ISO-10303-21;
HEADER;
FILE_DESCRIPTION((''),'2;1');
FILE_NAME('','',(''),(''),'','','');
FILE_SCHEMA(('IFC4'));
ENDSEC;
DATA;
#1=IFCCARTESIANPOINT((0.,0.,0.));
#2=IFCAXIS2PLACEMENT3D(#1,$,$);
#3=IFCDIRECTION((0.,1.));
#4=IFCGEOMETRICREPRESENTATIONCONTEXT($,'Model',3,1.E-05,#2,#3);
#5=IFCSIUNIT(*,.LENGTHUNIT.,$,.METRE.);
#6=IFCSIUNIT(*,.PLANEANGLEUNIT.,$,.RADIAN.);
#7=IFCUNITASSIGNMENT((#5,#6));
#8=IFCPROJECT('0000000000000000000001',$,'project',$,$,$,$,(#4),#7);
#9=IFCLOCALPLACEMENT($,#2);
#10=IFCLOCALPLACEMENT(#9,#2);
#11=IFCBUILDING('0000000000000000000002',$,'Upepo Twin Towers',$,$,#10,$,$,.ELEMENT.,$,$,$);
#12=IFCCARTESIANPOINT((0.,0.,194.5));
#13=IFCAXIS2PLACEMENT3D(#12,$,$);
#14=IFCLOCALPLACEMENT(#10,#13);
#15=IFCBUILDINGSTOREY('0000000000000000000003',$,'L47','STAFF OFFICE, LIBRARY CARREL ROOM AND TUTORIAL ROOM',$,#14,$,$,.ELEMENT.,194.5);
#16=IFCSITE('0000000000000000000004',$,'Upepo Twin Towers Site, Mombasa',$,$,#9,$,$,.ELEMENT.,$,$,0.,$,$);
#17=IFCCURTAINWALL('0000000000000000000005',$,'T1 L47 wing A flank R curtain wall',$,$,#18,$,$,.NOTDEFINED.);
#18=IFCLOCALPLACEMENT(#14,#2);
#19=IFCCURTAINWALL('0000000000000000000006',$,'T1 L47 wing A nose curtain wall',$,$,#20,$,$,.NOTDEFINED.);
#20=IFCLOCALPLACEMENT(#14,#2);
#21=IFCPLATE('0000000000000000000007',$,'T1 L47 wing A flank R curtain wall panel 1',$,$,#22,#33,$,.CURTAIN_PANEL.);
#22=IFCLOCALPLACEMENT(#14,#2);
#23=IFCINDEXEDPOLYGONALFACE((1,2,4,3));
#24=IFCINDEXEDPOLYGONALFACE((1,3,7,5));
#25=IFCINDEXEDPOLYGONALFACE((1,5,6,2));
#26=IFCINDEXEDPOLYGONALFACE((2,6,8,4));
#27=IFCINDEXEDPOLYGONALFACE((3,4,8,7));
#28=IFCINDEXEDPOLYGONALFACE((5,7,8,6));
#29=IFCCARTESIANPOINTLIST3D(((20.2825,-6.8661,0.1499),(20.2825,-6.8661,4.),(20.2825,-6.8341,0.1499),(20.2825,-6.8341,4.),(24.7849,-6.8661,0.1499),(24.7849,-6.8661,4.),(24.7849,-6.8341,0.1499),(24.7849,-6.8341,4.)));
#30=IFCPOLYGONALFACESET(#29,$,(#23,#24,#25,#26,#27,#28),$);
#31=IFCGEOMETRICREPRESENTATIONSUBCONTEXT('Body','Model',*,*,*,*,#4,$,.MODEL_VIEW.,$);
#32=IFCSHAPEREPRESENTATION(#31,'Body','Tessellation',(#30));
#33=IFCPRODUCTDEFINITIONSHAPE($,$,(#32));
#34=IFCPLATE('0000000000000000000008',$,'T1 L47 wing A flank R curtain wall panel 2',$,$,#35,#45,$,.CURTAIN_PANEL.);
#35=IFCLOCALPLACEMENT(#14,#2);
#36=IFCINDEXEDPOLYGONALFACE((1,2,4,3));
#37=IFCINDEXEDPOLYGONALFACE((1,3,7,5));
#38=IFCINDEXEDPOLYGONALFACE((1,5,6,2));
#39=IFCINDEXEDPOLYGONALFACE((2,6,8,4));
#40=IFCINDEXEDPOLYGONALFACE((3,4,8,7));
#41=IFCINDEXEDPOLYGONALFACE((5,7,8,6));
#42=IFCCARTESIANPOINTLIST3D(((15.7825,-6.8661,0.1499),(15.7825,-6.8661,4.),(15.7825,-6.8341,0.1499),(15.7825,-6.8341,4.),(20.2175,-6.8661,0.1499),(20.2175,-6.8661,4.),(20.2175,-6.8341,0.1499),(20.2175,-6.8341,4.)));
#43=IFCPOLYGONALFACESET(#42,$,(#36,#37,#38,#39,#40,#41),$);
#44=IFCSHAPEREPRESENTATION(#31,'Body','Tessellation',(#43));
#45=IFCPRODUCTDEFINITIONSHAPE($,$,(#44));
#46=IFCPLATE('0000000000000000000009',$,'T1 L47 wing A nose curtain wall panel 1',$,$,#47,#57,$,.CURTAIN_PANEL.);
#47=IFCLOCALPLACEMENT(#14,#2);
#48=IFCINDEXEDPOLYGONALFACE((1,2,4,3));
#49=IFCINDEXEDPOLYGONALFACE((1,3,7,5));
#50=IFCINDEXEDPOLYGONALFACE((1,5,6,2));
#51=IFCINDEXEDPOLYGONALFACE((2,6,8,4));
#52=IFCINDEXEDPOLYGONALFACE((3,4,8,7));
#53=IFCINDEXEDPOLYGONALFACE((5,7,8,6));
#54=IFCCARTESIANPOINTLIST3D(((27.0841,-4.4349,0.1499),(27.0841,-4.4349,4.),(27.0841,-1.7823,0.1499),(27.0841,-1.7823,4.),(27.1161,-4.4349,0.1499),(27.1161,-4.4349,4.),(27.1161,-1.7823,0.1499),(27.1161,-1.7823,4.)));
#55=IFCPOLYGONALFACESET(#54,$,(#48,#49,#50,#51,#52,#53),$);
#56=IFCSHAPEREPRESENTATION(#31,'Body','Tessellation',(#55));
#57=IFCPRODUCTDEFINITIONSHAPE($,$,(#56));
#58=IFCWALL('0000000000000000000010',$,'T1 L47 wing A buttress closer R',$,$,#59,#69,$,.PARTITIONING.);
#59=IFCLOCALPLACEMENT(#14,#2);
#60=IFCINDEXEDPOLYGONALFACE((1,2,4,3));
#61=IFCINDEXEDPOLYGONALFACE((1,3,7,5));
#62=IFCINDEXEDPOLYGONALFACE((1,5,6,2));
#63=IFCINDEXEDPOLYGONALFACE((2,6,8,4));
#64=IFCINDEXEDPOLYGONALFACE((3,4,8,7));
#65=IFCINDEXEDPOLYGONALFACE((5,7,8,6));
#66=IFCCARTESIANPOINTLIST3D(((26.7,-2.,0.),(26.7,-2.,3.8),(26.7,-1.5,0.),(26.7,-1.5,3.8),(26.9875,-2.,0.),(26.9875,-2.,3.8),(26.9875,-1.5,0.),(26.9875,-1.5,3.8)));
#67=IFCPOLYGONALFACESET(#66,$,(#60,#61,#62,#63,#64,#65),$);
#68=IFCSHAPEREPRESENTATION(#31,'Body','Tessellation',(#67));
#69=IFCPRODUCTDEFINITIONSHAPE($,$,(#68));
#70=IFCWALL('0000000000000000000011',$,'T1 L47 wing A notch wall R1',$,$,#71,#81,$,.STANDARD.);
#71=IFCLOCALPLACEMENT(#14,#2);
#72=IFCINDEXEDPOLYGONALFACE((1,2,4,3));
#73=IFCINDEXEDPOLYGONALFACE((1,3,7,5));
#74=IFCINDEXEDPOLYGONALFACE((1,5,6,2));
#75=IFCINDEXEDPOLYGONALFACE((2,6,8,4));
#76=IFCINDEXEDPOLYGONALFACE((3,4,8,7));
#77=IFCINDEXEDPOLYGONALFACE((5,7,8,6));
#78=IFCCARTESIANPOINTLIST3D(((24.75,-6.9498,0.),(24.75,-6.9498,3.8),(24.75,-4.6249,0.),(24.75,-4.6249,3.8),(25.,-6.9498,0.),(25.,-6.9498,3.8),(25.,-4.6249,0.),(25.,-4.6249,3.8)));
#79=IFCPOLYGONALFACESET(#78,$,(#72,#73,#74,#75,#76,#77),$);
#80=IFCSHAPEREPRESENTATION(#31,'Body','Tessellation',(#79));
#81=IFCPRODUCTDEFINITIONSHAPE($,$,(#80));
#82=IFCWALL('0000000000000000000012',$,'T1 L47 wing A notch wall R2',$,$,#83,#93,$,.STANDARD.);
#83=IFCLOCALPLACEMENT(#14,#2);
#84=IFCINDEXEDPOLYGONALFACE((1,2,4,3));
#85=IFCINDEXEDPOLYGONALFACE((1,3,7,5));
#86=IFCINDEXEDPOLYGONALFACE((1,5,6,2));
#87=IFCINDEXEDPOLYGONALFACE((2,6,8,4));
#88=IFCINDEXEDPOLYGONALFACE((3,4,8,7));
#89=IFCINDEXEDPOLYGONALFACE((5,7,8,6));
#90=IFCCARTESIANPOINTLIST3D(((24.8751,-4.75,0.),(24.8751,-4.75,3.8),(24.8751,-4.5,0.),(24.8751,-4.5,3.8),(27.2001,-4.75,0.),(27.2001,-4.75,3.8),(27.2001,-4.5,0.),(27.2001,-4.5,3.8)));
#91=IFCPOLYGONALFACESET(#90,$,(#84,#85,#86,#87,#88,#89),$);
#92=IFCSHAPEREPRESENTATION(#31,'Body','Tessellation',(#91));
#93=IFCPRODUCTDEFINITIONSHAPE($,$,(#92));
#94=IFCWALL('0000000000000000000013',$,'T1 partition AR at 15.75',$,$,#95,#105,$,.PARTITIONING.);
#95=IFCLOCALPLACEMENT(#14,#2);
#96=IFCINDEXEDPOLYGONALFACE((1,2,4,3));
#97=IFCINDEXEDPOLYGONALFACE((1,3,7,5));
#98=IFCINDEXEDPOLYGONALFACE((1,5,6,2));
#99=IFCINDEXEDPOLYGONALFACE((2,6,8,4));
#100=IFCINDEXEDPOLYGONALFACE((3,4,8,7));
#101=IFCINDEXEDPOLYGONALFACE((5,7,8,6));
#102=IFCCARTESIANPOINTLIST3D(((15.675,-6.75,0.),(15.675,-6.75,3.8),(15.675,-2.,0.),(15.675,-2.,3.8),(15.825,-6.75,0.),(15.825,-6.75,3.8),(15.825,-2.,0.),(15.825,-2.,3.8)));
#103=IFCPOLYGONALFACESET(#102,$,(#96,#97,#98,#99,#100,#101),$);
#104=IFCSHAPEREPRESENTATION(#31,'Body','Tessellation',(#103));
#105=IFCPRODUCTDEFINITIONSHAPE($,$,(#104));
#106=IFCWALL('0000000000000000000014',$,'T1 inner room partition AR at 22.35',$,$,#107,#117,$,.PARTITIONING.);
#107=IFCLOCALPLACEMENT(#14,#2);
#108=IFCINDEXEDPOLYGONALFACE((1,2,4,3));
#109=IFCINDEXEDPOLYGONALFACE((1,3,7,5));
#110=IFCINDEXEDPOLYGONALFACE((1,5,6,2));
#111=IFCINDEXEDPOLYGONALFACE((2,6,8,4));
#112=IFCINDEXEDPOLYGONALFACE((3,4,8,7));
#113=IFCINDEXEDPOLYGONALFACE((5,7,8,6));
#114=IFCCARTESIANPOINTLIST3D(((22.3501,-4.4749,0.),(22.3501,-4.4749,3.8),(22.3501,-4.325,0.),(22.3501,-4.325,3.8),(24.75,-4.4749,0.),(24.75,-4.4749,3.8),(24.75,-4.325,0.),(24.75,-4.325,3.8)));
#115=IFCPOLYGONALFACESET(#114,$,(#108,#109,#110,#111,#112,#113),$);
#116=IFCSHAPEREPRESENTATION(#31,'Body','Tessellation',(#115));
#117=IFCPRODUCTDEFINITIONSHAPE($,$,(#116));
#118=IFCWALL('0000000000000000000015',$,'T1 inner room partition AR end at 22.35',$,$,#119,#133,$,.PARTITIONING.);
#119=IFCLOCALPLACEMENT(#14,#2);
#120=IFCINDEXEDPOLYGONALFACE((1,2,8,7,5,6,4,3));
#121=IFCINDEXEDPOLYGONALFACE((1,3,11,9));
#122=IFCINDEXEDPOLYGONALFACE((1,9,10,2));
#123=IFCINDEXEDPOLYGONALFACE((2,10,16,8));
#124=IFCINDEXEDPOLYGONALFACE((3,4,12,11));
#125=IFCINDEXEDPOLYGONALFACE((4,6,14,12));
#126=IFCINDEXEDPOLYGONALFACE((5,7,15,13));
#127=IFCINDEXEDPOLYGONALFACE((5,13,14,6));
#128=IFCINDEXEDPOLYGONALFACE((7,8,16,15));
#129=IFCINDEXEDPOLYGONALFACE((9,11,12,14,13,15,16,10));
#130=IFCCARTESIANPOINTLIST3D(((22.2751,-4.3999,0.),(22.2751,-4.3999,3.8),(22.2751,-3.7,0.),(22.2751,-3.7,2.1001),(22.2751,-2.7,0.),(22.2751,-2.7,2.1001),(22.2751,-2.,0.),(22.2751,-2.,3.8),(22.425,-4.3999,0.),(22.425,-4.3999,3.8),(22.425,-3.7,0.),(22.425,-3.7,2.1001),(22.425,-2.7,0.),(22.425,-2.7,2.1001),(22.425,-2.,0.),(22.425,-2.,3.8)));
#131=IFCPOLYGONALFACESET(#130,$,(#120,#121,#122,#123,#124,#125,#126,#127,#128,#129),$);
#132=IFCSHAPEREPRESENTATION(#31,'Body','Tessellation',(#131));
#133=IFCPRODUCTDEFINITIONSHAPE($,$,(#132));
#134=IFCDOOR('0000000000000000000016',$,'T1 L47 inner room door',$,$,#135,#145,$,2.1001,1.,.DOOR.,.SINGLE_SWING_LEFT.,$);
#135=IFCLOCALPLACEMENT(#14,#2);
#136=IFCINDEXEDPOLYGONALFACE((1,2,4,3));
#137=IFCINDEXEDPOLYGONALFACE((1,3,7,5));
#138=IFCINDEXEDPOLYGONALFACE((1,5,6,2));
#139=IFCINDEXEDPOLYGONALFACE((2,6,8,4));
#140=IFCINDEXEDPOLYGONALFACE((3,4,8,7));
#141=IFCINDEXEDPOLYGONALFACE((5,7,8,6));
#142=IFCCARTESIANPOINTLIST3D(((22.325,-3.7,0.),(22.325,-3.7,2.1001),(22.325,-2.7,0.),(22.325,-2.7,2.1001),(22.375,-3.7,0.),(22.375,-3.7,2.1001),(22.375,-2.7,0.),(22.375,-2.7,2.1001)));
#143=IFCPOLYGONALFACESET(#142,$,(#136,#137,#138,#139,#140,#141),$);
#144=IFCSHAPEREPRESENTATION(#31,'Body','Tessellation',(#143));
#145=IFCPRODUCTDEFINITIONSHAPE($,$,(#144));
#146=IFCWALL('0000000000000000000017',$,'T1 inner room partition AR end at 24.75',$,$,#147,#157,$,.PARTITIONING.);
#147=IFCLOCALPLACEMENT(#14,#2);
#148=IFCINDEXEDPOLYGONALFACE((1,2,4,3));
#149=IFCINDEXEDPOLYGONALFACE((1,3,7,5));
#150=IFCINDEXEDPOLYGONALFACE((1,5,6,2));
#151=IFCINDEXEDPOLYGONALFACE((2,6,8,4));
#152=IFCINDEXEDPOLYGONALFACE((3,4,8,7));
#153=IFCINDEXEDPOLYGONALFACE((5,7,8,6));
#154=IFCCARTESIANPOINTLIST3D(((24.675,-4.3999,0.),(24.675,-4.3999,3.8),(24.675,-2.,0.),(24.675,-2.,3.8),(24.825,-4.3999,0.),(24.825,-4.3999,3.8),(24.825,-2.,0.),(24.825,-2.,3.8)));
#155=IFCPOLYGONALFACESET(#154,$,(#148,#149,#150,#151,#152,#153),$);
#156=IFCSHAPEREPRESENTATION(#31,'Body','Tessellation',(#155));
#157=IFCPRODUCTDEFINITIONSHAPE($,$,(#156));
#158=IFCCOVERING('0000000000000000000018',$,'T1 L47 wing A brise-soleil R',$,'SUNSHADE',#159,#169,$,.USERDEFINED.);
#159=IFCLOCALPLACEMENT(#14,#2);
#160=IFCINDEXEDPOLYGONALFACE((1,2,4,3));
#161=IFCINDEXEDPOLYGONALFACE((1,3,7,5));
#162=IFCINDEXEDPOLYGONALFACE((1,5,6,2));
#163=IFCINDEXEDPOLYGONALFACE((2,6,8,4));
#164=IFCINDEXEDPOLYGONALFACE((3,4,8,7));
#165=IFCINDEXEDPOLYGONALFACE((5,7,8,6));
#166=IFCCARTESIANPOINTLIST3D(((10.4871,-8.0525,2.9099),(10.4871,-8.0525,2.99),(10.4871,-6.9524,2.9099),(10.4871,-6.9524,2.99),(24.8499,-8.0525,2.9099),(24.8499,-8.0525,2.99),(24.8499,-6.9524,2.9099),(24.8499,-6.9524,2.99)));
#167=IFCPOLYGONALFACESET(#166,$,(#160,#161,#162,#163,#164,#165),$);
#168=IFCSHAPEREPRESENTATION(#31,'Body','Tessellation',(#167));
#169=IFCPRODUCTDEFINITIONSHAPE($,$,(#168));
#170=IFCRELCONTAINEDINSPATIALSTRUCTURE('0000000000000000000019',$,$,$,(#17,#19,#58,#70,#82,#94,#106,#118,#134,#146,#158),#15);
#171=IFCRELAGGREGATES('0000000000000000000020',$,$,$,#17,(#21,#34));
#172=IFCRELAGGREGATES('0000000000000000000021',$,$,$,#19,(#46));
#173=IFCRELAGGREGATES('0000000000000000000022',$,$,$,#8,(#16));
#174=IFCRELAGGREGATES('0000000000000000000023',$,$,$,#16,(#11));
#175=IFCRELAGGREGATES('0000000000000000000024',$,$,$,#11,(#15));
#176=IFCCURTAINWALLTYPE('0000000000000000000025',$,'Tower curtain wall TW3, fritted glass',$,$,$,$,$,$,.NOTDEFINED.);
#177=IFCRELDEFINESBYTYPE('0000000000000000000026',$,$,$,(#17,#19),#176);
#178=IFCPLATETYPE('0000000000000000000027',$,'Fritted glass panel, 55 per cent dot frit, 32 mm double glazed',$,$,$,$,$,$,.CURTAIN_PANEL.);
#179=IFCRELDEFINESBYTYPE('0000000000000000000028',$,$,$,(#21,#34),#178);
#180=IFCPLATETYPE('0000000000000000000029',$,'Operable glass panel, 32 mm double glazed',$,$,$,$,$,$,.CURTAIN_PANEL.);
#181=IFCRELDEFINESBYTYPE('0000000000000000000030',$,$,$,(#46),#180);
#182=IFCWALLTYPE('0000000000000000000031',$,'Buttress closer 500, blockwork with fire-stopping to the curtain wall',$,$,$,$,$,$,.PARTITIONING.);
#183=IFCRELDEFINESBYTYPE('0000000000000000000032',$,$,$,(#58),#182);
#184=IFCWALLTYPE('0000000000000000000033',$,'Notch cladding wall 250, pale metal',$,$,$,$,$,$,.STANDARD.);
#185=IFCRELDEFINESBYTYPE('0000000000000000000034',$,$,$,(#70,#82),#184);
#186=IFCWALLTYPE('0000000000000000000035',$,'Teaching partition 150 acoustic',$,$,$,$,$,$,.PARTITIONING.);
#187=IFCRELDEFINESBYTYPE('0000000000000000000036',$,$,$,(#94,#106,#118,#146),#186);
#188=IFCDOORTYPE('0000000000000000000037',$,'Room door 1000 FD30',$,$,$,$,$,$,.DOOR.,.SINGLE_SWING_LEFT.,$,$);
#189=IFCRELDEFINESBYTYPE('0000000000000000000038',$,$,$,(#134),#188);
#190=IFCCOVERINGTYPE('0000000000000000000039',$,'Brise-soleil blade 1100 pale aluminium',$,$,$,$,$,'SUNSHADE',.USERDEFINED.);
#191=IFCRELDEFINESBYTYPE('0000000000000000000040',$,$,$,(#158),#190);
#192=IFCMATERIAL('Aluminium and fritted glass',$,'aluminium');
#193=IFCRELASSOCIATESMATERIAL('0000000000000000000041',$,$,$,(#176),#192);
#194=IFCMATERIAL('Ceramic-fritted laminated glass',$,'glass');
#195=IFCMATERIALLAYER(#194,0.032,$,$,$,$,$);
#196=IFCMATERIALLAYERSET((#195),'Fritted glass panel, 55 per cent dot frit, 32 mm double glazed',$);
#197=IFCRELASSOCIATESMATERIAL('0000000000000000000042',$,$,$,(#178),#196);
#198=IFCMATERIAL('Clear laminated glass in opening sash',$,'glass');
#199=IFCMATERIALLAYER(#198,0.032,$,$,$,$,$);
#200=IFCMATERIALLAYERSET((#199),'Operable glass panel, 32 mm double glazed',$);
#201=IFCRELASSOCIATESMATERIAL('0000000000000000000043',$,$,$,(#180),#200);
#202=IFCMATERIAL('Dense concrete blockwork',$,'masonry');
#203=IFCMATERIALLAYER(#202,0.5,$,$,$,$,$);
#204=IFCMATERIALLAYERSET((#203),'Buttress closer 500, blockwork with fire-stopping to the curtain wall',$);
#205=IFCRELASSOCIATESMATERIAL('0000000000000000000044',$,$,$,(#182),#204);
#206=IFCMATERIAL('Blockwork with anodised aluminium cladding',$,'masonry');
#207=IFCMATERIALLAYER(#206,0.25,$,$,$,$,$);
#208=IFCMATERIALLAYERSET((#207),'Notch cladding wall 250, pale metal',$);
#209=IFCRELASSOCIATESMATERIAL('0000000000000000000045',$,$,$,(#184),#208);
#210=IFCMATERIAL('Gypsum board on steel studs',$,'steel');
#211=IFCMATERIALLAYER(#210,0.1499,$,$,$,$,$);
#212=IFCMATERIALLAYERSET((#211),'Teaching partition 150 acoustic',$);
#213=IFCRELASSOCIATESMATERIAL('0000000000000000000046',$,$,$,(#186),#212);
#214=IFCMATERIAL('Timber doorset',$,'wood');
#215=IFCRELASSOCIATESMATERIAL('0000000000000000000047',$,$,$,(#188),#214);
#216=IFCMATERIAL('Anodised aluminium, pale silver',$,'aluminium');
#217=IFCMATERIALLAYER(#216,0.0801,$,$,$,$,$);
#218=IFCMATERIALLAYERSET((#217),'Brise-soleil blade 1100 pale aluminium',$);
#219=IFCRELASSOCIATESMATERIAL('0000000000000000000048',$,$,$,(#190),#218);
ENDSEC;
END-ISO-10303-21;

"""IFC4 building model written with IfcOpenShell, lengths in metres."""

from ifc_helpers import new_model, si_unit, direction, frame, frame_2d, origin, origin_2d, place, context, subcontext, project, spatial, rectangle, extrude, material, layer, layer_set, type_object, element, fill, aggregate, save


model = new_model("IFC4")

# Units and contexts
model_context = context("Model", 3, precision=1e-05, world=origin(), true_north=direction((0.0, 1.0)))
body_context = subcontext(model_context, "Body", "Model", "MODEL_VIEW")
ifc_project = project(units=[si_unit("LENGTHUNIT", "METRE"), si_unit("PLANEANGLEUNIT", "RADIAN")], contexts=[model_context])

# Site, building, storey
site_placement = place(None, origin())
site = spatial("IfcSite", under=ifc_project, at=site_placement, Name="Upepo Twin Towers Site, Mombasa", CompositionType="ELEMENT", RefElevation=0.0)
building_placement = place(site_placement, origin())
building = spatial("IfcBuilding", under=site, at=building_placement, Name="Upepo Twin Towers", CompositionType="ELEMENT")
storey_placement = place(building_placement, frame((0.0, 0.0, 194.5)))
storey = spatial("IfcBuildingStorey", under=building, at=storey_placement, Name="L47", Description="STAFF OFFICE, LIBRARY CARREL ROOM AND TUTORIAL ROOM", CompositionType="ELEMENT", Elevation=194.5)

# Curtain wall
ifc_material_1 = material(Name="Aluminium and fritted glass", Category="aluminium")
curtain_wall_type = type_object("IfcCurtainWallType", Name="Tower curtain wall TW3, fritted glass", PredefinedType="NOTDEFINED", material=ifc_material_1)
curtain_wall_1_placement = place(storey_placement, origin())
curtain_wall_1 = element("IfcCurtainWall", 1, at=curtain_wall_1_placement, inside=storey, type_object=curtain_wall_type, Name="T1 L47 wing A flank R curtain wall", PredefinedType="NOTDEFINED")

# Curtain wall
curtain_wall_2_placement = place(storey_placement, origin())
curtain_wall_2 = element("IfcCurtainWall", 2, at=curtain_wall_2_placement, inside=storey, type_object=curtain_wall_type, Name="T1 L47 wing A nose curtain wall", PredefinedType="NOTDEFINED")

# Plates
ifc_material_2 = material(Name="Ceramic-fritted laminated glass", Category="glass")
ifc_layer_1 = layer(ifc_material_2, 0.032)
ifc_layer_set_1 = layer_set([ifc_layer_1], Name="Fritted glass panel, 55 per cent dot frit, 32 mm double glazed")
plate_type_1 = type_object("IfcPlateType", Name="Fritted glass panel, 55 per cent dot frit, 32 mm double glazed", PredefinedType="CURTAIN_PANEL", material=ifc_layer_set_1)
plate_1_placement = place(storey_placement, frame((22.5337, -6.8501, 0.1499), z_axis=(0.0, 0.0, 1.0), x_axis=(-1.0, 0.0, 0.0)))
plate_1 = element("IfcPlate", 3, at=plate_1_placement, type_object=plate_type_1, Name="T1 L47 wing A flank R curtain wall panel 1", PredefinedType="CURTAIN_PANEL", context=body_context, shape_type="SweptSolid", body=[
    extrude(rectangle(XDim=4.5024, YDim=0.032, at=origin_2d()), origin(), (0.0, 0.0, 1.0), 3.8501),
])
plate_2_placement = place(storey_placement, frame((18.0, -6.8501, 0.1499), z_axis=(0.0, 0.0, 1.0), x_axis=(-1.0, 0.0, 0.0)))
plate_2 = element("IfcPlate", 4, at=plate_2_placement, type_object=plate_type_1, Name="T1 L47 wing A flank R curtain wall panel 2", PredefinedType="CURTAIN_PANEL", context=body_context, shape_type="SweptSolid", body=[
    extrude(rectangle(XDim=4.4351, YDim=0.032, at=origin_2d()), origin(), (0.0, 0.0, 1.0), 3.8501),
])
aggregate(curtain_wall_1, [plate_1, plate_2])
ifc_material_3 = material(Name="Clear laminated glass in opening sash", Category="glass")
ifc_layer_2 = layer(ifc_material_3, 0.032)
ifc_layer_set_2 = layer_set([ifc_layer_2], Name="Operable glass panel, 32 mm double glazed")
plate_type_2 = type_object("IfcPlateType", Name="Operable glass panel, 32 mm double glazed", PredefinedType="CURTAIN_PANEL", material=ifc_layer_set_2)
plate_3_placement = place(storey_placement, frame((27.1001, -3.1086, 0.1499), z_axis=(0.0, 0.0, 1.0), x_axis=(0.0, 1.0, 0.0)))
plate_3 = element("IfcPlate", 5, at=plate_3_placement, type_object=plate_type_2, Name="T1 L47 wing A nose curtain wall panel 1", PredefinedType="CURTAIN_PANEL", context=body_context, shape_type="SweptSolid", body=[
    extrude(rectangle(XDim=2.6526, YDim=0.032, at=origin_2d()), origin(), (0.0, 0.0, 1.0), 3.8501),
])
aggregate(curtain_wall_2, [plate_3])

# Walls
ifc_material_4 = material(Name="Dense concrete blockwork", Category="masonry")
ifc_layer_3 = layer(ifc_material_4, 0.5)
ifc_layer_set_3 = layer_set([ifc_layer_3], Name="Buttress closer 500, blockwork with fire-stopping to the curtain wall")
wall_type_1 = type_object("IfcWallType", Name="Buttress closer 500, blockwork with fire-stopping to the curtain wall", PredefinedType="PARTITIONING", material=ifc_layer_set_3)
wall_1_placement = place(storey_placement, frame((26.7, -1.75, 0.0), z_axis=(0.0, 0.0, 1.0), x_axis=(1.0, 0.0, 0.0)))
element("IfcWall", 6, at=wall_1_placement, inside=storey, type_object=wall_type_1, Name="T1 L47 wing A buttress closer R", PredefinedType="PARTITIONING", context=body_context, shape_type="SweptSolid", body=[
    extrude(rectangle(XDim=0.2876, YDim=0.5, at=frame_2d((0.1438, 0.0))), origin(), (0.0, 0.0, 1.0), 3.8),
])
ifc_material_5 = material(Name="Blockwork with anodised aluminium cladding", Category="masonry")
ifc_layer_4 = layer(ifc_material_5, 0.25)
ifc_layer_set_4 = layer_set([ifc_layer_4], Name="Notch cladding wall 250, pale metal")
wall_type_2 = type_object("IfcWallType", Name="Notch cladding wall 250, pale metal", PredefinedType="STANDARD", material=ifc_layer_set_4)
for number, where, z_axis, x_axis, name in (
    (7, (24.875, -6.95, 0.0), (0.0, 0.0, 1.0), (0.0, 1.0, 0.0), "T1 L47 wing A notch wall R1"),
    (8, (24.875, -4.625, 0.0), (0.0, 0.0, 1.0), (1.0, 0.0, 0.0), "T1 L47 wing A notch wall R2"),
):
    element("IfcWall", number, at=place(storey_placement, frame(where, z_axis=z_axis, x_axis=x_axis)), inside=storey, type_object=wall_type_2, Name=name, PredefinedType="STANDARD", context=body_context, shape_type="SweptSolid", body=[
        extrude(rectangle(XDim=2.325, YDim=0.25, at=frame_2d((1.1626, 0.0))), origin(), (0.0, 0.0, 1.0), 3.8),
    ])
ifc_material_6 = material(Name="Gypsum board on steel studs", Category="steel")
ifc_layer_5 = layer(ifc_material_6, 0.1499)
ifc_layer_set_5 = layer_set([ifc_layer_5], Name="Teaching partition 150 acoustic")
wall_type_3 = type_object("IfcWallType", Name="Teaching partition 150 acoustic", PredefinedType="PARTITIONING", material=ifc_layer_set_5)
wall_2_placement = place(storey_placement, frame((15.75, -2.0, 0.0), z_axis=(0.0, 0.0, 1.0), x_axis=(0.0, -1.0, 0.0)))
element("IfcWall", 9, at=wall_2_placement, inside=storey, type_object=wall_type_3, Name="T1 partition AR at 15.75", PredefinedType="PARTITIONING", context=body_context, shape_type="SweptSolid", body=[
    extrude(rectangle(XDim=4.75, YDim=0.1499, at=frame_2d((2.375, 0.0))), origin(), (0.0, 0.0, 1.0), 3.8),
])
wall_3_placement = place(storey_placement, frame((22.3501, -4.3999, 0.0), z_axis=(0.0, 0.0, 1.0), x_axis=(1.0, 0.0, 0.0)))
element("IfcWall", 10, at=wall_3_placement, inside=storey, type_object=wall_type_3, Name="T1 inner room partition AR at 22.35", PredefinedType="PARTITIONING", context=body_context, shape_type="SweptSolid", body=[
    extrude(rectangle(XDim=2.3999, YDim=0.1499, at=frame_2d((1.2, 0.0))), origin(), (0.0, 0.0, 1.0), 3.8),
])

# Wall, opening, door
wall_4_placement = place(storey_placement, frame((22.3501, -2.0, 0.0), z_axis=(0.0, 0.0, 1.0), x_axis=(0.0, -1.0, 0.0)))
wall_4 = element("IfcWall", 11, at=wall_4_placement, inside=storey, type_object=wall_type_3, Name="T1 inner room partition AR end at 22.35", PredefinedType="PARTITIONING", context=body_context, shape_type="SweptSolid", body=[
    extrude(rectangle(XDim=2.3999, YDim=0.1499, at=frame_2d((1.2, 0.0))), origin(), (0.0, 0.0, 1.0), 3.8),
])
opening_placement = place(wall_4_placement, frame((0.7, 0.0, 0.0)))
opening = element("IfcOpeningElement", 12, at=opening_placement, cuts=wall_4, PredefinedType="OPENING", context=body_context, shape_type="SweptSolid", body=[
    extrude(rectangle(XDim=1.0, YDim=2.1001, at=frame_2d((0.5, 1.05))), frame((0.0, 0.085, 0.0), z_axis=(0.0, -1.0, 0.0), x_axis=(1.0, 0.0, 0.0)), (0.0, 0.0, 1.0), 0.1699),
])
ifc_material_7 = material(Name="Timber doorset", Category="wood")
door_type = type_object("IfcDoorType", Name="Room door 1000 FD30", OperationType="SINGLE_SWING_LEFT", PredefinedType="DOOR", material=ifc_material_7)
door_placement = place(opening_placement, origin())
door = element("IfcDoor", 13, at=door_placement, inside=storey, type_object=door_type, Name="T1 L47 inner room door", OperationType="SINGLE_SWING_LEFT", OverallHeight=2.1001, OverallWidth=1.0, PredefinedType="DOOR", context=body_context, shape_type="SweptSolid", body=[
    extrude(rectangle(XDim=1.0, YDim=2.1001, at=frame_2d((0.5, 1.05))), frame((0.0, 0.0249, 0.0), z_axis=(0.0, -1.0, 0.0), x_axis=(1.0, 0.0, 0.0)), (0.0, 0.0, 1.0), 0.05),
])
fill(opening, door)

# Wall
wall_5_placement = place(storey_placement, frame((24.75, -2.0, 0.0), z_axis=(0.0, 0.0, 1.0), x_axis=(0.0, -1.0, 0.0)))
element("IfcWall", 14, at=wall_5_placement, inside=storey, type_object=wall_type_3, Name="T1 inner room partition AR end at 24.75", PredefinedType="PARTITIONING", context=body_context, shape_type="SweptSolid", body=[
    extrude(rectangle(XDim=2.3999, YDim=0.1499, at=frame_2d((1.2, 0.0))), origin(), (0.0, 0.0, 1.0), 3.8),
])

# Covering
ifc_material_8 = material(Name="Anodised aluminium, pale silver", Category="aluminium")
ifc_layer_6 = layer(ifc_material_8, 0.0801)
ifc_layer_set_6 = layer_set([ifc_layer_6], Name="Brise-soleil blade 1100 pale aluminium")
covering_type = type_object("IfcCoveringType", Name="Brise-soleil blade 1100 pale aluminium", ElementType="SUNSHADE", PredefinedType="USERDEFINED", material=ifc_layer_set_6)
covering_placement = place(storey_placement, frame((17.6685, -7.5024, 2.9099), z_axis=(0.0, 0.0, 1.0), x_axis=(1.0, 0.0, 0.0)))
element("IfcCovering", 15, at=covering_placement, inside=storey, type_object=covering_type, Name="T1 L47 wing A brise-soleil R", ObjectType="SUNSHADE", PredefinedType="USERDEFINED", context=body_context, shape_type="SweptSolid", body=[
    extrude(rectangle(XDim=14.3628, YDim=1.1001, at=origin_2d()), origin(), (0.0, 0.0, 1.0), 0.0801),
])

save(model, "model.ifc")
